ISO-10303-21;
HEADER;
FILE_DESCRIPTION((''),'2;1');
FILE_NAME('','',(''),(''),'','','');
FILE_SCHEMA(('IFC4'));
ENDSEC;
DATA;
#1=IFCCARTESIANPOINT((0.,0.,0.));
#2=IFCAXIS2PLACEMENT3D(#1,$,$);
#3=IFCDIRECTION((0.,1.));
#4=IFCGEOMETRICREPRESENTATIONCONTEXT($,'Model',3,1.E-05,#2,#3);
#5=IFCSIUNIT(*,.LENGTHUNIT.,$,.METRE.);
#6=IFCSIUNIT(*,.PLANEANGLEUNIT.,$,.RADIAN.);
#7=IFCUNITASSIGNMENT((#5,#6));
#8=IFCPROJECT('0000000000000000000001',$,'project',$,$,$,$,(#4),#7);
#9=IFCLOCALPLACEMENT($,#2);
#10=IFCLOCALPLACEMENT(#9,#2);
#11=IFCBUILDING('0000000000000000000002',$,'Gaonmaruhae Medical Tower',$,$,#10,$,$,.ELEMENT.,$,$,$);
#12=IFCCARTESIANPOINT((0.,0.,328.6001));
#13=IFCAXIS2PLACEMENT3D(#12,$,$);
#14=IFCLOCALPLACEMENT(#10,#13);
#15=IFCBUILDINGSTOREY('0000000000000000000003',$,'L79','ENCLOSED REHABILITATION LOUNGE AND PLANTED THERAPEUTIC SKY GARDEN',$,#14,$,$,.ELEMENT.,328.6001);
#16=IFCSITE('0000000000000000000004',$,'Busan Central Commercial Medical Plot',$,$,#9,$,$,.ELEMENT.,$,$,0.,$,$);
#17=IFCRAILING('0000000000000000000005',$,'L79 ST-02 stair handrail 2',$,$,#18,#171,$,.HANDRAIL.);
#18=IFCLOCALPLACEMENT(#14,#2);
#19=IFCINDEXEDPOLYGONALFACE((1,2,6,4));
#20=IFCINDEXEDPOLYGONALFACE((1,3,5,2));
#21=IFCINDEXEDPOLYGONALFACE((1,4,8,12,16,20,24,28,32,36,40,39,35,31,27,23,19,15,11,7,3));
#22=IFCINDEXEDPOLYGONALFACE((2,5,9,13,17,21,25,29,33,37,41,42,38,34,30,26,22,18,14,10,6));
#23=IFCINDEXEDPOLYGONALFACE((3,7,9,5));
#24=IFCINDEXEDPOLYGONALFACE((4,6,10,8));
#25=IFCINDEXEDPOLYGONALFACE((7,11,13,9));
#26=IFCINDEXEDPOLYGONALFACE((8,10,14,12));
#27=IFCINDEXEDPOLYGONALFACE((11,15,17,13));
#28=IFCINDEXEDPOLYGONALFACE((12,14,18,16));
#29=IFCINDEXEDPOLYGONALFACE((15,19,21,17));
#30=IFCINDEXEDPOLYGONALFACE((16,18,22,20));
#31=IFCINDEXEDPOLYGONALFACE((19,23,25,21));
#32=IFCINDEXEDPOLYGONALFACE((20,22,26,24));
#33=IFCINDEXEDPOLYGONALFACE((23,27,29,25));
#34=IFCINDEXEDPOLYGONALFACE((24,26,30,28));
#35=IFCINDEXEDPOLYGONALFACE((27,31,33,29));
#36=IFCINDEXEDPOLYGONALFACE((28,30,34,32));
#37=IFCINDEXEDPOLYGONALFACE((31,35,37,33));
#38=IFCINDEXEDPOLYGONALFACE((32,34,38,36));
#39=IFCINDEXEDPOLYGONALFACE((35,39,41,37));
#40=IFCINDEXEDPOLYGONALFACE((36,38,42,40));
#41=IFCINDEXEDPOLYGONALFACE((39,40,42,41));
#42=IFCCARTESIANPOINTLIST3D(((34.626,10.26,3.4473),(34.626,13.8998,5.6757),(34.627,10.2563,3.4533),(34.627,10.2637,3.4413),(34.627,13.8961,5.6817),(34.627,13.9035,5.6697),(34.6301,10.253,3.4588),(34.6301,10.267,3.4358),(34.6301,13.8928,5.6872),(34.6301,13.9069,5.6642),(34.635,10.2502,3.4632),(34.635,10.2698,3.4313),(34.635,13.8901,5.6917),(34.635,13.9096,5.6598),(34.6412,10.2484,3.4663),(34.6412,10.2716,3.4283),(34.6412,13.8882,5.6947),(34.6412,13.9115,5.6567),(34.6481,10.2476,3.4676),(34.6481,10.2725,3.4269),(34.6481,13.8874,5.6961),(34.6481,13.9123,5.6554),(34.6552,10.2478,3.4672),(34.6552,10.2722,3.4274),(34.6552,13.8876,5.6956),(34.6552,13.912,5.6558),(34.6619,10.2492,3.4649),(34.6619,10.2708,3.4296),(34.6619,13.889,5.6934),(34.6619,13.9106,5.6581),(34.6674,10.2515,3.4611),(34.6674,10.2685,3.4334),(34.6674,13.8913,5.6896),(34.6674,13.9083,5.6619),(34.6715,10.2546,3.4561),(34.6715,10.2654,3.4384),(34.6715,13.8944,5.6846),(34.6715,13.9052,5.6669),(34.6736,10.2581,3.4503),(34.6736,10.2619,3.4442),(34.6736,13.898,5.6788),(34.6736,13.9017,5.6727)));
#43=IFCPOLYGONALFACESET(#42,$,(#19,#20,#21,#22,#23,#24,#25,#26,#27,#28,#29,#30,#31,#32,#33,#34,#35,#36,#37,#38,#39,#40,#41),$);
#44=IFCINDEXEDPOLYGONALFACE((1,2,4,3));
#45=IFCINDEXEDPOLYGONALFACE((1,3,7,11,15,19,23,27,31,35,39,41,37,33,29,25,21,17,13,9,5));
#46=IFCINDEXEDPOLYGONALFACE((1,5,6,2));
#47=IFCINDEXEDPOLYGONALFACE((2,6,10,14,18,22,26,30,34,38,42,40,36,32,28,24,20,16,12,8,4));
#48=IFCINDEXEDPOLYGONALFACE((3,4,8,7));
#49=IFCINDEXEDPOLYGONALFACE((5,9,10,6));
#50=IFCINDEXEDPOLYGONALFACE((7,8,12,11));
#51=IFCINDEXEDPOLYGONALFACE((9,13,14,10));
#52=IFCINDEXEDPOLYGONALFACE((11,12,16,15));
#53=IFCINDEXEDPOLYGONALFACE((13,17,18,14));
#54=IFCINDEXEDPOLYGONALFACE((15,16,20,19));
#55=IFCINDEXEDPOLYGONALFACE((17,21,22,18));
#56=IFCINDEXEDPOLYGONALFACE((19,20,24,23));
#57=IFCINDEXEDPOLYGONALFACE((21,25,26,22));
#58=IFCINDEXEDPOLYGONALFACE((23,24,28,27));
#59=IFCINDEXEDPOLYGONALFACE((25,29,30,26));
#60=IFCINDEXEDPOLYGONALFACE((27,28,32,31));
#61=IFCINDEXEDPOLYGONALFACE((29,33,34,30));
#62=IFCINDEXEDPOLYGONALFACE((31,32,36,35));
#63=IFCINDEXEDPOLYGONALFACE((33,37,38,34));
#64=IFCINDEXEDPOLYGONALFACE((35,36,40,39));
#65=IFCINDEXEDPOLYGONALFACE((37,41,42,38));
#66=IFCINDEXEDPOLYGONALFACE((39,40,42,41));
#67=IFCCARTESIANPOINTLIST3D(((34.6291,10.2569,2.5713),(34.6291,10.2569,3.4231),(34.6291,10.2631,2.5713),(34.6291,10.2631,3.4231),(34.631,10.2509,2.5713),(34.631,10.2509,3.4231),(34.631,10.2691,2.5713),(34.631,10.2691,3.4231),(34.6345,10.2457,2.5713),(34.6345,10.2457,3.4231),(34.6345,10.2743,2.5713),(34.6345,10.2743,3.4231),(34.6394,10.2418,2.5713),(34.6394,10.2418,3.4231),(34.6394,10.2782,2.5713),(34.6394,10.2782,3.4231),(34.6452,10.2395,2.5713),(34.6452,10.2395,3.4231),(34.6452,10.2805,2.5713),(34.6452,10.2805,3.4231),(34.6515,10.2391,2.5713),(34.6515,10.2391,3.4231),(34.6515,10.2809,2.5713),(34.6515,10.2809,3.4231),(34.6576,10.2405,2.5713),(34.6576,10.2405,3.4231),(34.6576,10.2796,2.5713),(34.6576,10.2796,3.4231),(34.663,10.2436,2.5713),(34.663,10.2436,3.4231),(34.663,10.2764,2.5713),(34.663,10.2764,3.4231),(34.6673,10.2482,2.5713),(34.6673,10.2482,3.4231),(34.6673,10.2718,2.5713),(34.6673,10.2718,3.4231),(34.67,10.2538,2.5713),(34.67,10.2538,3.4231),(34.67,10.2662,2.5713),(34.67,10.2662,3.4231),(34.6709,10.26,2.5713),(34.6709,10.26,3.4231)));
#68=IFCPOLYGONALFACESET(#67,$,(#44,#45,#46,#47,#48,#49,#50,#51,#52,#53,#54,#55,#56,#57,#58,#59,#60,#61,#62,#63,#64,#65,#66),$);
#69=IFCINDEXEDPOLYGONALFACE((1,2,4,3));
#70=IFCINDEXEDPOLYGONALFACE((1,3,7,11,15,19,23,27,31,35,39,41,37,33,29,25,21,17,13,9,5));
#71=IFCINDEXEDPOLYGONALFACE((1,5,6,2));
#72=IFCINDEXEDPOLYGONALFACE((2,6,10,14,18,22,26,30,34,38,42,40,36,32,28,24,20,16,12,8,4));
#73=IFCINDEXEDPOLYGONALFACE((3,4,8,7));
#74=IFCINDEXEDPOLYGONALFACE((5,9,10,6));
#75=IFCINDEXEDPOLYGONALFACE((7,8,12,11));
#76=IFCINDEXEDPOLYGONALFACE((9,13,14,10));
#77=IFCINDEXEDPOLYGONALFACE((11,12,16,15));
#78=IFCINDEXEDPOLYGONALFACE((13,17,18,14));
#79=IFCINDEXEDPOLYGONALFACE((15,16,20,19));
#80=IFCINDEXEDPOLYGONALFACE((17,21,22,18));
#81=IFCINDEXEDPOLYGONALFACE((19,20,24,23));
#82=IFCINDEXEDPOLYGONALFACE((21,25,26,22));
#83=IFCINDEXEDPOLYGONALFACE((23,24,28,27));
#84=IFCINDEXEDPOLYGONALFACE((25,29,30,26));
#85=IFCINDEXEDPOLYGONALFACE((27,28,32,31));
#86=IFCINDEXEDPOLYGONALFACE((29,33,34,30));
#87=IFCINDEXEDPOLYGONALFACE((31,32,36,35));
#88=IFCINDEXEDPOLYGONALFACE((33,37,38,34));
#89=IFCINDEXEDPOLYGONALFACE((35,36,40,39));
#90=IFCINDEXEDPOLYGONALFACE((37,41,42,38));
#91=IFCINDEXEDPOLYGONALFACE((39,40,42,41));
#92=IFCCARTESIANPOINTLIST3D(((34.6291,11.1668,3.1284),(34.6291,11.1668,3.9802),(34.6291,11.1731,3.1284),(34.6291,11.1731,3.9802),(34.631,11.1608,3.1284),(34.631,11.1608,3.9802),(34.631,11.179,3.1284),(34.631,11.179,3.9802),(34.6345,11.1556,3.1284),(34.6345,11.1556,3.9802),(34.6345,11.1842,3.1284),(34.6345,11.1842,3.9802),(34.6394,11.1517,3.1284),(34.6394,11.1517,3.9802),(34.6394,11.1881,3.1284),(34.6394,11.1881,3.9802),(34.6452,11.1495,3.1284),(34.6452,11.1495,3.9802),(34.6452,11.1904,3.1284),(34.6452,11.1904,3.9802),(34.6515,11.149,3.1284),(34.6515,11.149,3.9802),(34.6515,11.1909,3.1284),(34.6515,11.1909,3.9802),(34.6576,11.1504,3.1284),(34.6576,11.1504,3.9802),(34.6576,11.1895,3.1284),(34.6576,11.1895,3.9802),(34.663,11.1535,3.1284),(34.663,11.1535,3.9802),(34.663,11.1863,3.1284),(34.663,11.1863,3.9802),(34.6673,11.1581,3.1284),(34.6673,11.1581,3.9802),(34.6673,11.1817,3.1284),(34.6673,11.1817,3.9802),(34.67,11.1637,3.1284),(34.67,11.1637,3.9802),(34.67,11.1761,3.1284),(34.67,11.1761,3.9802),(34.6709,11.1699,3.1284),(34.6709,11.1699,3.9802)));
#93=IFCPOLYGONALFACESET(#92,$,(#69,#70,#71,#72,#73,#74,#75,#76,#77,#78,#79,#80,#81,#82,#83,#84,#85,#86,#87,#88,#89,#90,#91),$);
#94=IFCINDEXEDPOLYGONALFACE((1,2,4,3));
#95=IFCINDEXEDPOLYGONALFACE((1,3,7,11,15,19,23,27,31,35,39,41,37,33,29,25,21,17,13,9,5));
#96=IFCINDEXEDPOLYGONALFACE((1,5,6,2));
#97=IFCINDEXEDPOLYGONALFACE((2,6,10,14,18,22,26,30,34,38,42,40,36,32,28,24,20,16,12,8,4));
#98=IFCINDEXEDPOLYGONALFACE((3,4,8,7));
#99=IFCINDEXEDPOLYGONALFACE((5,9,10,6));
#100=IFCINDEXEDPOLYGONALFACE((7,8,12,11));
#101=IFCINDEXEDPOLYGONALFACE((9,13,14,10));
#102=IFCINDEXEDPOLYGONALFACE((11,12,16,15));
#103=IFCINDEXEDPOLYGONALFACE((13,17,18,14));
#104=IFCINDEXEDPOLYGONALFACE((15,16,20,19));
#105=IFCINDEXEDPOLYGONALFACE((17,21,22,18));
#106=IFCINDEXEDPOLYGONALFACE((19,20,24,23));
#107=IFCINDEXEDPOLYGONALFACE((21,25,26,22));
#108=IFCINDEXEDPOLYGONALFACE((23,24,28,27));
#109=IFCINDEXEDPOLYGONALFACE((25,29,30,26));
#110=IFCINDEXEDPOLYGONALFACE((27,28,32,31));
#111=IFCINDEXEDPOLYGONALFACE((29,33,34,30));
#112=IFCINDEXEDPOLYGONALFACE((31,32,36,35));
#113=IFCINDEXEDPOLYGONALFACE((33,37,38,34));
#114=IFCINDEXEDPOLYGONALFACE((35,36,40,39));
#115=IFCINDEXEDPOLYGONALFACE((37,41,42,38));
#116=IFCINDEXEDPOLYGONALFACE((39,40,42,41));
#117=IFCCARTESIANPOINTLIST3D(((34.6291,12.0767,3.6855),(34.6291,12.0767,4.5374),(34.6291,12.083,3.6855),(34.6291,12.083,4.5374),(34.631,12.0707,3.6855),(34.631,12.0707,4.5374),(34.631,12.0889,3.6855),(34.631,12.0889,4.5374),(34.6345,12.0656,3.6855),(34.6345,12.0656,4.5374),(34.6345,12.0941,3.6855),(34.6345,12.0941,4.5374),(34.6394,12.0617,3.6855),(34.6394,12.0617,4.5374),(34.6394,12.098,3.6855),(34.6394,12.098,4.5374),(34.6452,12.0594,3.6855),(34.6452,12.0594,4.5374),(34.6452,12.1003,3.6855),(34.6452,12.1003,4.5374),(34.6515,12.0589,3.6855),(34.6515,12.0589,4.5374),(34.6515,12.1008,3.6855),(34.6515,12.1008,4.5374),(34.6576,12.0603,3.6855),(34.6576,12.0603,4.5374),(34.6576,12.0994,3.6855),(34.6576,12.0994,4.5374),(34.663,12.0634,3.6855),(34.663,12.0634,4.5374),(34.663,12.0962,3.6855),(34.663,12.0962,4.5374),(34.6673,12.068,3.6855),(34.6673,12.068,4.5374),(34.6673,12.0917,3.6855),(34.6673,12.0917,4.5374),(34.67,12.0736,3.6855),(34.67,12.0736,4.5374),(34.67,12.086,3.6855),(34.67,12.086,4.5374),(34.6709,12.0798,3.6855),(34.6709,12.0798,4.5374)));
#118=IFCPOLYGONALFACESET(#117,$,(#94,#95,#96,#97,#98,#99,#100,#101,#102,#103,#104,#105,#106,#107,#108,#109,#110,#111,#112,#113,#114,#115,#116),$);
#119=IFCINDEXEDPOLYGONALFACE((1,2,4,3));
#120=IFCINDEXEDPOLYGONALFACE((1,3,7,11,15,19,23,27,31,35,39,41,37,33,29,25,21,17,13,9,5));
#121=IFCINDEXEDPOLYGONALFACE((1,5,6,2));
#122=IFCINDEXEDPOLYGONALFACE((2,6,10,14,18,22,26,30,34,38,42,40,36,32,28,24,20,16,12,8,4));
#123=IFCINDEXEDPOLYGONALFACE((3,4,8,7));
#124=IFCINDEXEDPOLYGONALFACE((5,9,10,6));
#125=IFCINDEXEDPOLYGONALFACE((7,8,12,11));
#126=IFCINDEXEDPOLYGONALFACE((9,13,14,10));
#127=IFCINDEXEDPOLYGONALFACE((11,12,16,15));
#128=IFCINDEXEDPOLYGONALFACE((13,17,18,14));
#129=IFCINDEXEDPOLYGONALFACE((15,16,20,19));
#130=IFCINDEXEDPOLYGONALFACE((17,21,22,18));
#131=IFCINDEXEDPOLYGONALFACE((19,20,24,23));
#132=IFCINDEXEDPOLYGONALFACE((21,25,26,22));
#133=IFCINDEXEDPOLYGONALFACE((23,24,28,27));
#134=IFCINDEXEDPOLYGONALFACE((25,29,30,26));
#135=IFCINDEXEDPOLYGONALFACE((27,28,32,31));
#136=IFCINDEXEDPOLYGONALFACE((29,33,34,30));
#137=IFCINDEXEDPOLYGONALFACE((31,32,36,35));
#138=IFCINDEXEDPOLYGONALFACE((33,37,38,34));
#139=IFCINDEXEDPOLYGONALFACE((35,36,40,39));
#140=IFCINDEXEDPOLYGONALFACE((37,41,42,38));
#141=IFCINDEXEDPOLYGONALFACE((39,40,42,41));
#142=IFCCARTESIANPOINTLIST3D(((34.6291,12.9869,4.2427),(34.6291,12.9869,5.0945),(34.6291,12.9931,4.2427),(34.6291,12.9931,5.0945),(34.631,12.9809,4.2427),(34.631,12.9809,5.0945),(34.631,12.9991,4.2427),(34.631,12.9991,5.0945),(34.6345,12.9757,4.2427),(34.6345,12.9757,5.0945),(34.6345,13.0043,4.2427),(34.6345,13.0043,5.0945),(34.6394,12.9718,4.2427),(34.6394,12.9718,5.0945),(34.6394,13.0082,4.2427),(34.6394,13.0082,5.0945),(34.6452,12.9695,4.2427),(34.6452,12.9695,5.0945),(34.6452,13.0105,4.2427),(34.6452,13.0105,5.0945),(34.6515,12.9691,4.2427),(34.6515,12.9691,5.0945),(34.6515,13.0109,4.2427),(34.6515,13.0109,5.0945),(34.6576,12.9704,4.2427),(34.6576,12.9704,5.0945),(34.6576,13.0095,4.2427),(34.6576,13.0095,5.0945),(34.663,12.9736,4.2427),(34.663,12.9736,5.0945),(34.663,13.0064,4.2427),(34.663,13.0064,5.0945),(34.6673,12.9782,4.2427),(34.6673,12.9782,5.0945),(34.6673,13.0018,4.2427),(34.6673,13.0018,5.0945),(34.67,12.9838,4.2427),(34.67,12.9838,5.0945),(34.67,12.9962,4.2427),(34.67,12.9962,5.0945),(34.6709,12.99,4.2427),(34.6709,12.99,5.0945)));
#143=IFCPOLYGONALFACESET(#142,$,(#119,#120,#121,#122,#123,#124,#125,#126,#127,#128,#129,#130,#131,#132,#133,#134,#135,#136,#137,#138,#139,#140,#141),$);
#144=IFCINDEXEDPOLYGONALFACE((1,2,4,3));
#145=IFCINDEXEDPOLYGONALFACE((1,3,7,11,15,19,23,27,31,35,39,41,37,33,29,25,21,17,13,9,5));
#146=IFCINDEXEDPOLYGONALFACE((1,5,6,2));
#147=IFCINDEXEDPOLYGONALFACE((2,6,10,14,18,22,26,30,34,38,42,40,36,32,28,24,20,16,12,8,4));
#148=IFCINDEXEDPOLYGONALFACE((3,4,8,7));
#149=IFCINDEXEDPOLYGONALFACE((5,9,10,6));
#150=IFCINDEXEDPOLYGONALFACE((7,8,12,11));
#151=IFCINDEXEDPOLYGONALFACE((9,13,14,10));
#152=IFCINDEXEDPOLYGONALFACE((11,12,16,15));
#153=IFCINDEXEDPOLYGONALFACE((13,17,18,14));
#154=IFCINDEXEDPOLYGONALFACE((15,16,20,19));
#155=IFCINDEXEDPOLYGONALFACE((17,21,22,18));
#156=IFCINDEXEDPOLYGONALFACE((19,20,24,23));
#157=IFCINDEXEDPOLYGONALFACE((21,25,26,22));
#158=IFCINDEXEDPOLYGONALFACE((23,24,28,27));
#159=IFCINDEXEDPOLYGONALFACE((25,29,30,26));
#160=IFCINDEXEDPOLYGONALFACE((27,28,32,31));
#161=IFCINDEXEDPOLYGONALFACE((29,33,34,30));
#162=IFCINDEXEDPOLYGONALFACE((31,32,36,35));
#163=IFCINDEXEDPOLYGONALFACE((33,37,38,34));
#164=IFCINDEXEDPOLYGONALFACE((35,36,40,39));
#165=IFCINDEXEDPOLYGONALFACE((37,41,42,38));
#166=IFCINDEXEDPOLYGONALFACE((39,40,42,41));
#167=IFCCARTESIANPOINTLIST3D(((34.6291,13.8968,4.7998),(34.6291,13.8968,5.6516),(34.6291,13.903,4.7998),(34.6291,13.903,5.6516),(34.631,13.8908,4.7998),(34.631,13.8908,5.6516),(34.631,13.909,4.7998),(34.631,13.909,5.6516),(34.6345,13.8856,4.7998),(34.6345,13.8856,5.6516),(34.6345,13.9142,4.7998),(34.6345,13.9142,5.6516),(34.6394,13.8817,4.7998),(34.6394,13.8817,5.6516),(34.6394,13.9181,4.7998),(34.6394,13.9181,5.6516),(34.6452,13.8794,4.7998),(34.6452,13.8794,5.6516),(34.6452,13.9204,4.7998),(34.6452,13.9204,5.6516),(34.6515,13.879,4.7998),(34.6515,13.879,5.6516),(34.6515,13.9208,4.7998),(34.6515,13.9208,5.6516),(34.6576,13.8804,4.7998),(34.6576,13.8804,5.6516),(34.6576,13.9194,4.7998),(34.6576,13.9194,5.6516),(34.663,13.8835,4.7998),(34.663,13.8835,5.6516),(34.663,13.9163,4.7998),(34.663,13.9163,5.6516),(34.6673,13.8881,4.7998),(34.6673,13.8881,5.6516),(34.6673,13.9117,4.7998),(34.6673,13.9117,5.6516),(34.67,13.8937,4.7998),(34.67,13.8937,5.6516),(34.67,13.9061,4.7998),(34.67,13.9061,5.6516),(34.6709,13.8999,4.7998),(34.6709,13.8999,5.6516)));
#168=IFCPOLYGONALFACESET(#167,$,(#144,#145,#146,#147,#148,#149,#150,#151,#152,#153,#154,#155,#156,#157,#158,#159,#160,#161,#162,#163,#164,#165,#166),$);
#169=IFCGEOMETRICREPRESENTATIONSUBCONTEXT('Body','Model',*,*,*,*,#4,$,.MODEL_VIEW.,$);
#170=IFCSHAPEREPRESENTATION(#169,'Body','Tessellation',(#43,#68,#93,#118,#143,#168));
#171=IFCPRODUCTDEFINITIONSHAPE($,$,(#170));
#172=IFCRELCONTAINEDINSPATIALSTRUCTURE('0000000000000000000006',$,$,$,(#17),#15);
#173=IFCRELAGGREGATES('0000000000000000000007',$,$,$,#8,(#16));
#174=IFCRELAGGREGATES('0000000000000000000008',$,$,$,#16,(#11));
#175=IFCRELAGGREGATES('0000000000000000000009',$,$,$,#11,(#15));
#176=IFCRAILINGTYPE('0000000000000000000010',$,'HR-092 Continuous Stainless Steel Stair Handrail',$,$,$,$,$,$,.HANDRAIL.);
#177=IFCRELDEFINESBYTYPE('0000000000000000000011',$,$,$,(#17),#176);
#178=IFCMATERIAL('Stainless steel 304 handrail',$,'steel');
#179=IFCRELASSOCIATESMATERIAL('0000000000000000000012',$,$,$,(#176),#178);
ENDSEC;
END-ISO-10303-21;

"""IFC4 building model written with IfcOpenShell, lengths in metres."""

from ifc_helpers import new_model, si_unit, direction, frame, origin, origin_2d, place, context, subcontext, project, spatial, circle, extrude, material, type_object, element, save


model = new_model("IFC4")

# Units and contexts
model_context = context("Model", 3, precision=1e-05, world=origin(), true_north=direction((0.0, 1.0)))
body_context = subcontext(model_context, "Body", "Model", "MODEL_VIEW")
ifc_project = project(units=[si_unit("LENGTHUNIT", "METRE"), si_unit("PLANEANGLEUNIT", "RADIAN")], contexts=[model_context])

# Site, building, storey
site_placement = place(None, origin())
site = spatial("IfcSite", under=ifc_project, at=site_placement, Name="Busan Central Commercial Medical Plot", CompositionType="ELEMENT", RefElevation=0.0)
building_placement = place(site_placement, origin())
building = spatial("IfcBuilding", under=site, at=building_placement, Name="Gaonmaruhae Medical Tower", CompositionType="ELEMENT")
storey_placement = place(building_placement, frame((0.0, 0.0, 328.6001)))
storey = spatial("IfcBuildingStorey", under=building, at=storey_placement, Name="L79", Description="ENCLOSED REHABILITATION LOUNGE AND PLANTED THERAPEUTIC SKY GARDEN", CompositionType="ELEMENT", Elevation=328.6001)

# Railing
ifc_material_1 = material(Name="Stainless steel 304 handrail", Category="steel")
railing_type_1 = type_object("IfcRailingType", Name="HR-092 Continuous Stainless Steel Stair Handrail", PredefinedType="HANDRAIL", material=ifc_material_1)
railing_1_placement = place(storey_placement, frame((34.6499, 10.26, 2.5713)))
element("IfcRailing", 1, at=railing_1_placement, inside=storey, type_object=railing_type_1, Name="L79 ST-02 stair handrail 2", PredefinedType="HANDRAIL", context=body_context, shape_type="SweptSolid", body=[
    extrude(circle(Radius=0.0239, at=origin_2d()), frame((0.0, 0.0, 0.876), z_axis=(0.0, 0.85285, 0.522156), x_axis=(-1.0, 0.0, 0.0)), (0.0, 0.0, 1.0), 4.2678),
    extrude(circle(Radius=0.021, at=origin_2d()), origin(), (0.0, 0.0, 1.0), 0.8518),
    extrude(circle(Radius=0.021, at=origin_2d()), frame((0.0, 0.9099, 0.5571)), (0.0, 0.0, 1.0), 0.8518),
    extrude(circle(Radius=0.021, at=origin_2d()), frame((0.0, 1.8198, 1.1143)), (0.0, 0.0, 1.0), 0.8518),
    extrude(circle(Radius=0.021, at=origin_2d()), frame((0.0, 2.73, 1.6714)), (0.0, 0.0, 1.0), 0.8518),
    extrude(circle(Radius=0.021, at=origin_2d()), frame((0.0, 3.6399, 2.2285)), (0.0, 0.0, 1.0), 0.8518),
])

save(model, "model.ifc")
